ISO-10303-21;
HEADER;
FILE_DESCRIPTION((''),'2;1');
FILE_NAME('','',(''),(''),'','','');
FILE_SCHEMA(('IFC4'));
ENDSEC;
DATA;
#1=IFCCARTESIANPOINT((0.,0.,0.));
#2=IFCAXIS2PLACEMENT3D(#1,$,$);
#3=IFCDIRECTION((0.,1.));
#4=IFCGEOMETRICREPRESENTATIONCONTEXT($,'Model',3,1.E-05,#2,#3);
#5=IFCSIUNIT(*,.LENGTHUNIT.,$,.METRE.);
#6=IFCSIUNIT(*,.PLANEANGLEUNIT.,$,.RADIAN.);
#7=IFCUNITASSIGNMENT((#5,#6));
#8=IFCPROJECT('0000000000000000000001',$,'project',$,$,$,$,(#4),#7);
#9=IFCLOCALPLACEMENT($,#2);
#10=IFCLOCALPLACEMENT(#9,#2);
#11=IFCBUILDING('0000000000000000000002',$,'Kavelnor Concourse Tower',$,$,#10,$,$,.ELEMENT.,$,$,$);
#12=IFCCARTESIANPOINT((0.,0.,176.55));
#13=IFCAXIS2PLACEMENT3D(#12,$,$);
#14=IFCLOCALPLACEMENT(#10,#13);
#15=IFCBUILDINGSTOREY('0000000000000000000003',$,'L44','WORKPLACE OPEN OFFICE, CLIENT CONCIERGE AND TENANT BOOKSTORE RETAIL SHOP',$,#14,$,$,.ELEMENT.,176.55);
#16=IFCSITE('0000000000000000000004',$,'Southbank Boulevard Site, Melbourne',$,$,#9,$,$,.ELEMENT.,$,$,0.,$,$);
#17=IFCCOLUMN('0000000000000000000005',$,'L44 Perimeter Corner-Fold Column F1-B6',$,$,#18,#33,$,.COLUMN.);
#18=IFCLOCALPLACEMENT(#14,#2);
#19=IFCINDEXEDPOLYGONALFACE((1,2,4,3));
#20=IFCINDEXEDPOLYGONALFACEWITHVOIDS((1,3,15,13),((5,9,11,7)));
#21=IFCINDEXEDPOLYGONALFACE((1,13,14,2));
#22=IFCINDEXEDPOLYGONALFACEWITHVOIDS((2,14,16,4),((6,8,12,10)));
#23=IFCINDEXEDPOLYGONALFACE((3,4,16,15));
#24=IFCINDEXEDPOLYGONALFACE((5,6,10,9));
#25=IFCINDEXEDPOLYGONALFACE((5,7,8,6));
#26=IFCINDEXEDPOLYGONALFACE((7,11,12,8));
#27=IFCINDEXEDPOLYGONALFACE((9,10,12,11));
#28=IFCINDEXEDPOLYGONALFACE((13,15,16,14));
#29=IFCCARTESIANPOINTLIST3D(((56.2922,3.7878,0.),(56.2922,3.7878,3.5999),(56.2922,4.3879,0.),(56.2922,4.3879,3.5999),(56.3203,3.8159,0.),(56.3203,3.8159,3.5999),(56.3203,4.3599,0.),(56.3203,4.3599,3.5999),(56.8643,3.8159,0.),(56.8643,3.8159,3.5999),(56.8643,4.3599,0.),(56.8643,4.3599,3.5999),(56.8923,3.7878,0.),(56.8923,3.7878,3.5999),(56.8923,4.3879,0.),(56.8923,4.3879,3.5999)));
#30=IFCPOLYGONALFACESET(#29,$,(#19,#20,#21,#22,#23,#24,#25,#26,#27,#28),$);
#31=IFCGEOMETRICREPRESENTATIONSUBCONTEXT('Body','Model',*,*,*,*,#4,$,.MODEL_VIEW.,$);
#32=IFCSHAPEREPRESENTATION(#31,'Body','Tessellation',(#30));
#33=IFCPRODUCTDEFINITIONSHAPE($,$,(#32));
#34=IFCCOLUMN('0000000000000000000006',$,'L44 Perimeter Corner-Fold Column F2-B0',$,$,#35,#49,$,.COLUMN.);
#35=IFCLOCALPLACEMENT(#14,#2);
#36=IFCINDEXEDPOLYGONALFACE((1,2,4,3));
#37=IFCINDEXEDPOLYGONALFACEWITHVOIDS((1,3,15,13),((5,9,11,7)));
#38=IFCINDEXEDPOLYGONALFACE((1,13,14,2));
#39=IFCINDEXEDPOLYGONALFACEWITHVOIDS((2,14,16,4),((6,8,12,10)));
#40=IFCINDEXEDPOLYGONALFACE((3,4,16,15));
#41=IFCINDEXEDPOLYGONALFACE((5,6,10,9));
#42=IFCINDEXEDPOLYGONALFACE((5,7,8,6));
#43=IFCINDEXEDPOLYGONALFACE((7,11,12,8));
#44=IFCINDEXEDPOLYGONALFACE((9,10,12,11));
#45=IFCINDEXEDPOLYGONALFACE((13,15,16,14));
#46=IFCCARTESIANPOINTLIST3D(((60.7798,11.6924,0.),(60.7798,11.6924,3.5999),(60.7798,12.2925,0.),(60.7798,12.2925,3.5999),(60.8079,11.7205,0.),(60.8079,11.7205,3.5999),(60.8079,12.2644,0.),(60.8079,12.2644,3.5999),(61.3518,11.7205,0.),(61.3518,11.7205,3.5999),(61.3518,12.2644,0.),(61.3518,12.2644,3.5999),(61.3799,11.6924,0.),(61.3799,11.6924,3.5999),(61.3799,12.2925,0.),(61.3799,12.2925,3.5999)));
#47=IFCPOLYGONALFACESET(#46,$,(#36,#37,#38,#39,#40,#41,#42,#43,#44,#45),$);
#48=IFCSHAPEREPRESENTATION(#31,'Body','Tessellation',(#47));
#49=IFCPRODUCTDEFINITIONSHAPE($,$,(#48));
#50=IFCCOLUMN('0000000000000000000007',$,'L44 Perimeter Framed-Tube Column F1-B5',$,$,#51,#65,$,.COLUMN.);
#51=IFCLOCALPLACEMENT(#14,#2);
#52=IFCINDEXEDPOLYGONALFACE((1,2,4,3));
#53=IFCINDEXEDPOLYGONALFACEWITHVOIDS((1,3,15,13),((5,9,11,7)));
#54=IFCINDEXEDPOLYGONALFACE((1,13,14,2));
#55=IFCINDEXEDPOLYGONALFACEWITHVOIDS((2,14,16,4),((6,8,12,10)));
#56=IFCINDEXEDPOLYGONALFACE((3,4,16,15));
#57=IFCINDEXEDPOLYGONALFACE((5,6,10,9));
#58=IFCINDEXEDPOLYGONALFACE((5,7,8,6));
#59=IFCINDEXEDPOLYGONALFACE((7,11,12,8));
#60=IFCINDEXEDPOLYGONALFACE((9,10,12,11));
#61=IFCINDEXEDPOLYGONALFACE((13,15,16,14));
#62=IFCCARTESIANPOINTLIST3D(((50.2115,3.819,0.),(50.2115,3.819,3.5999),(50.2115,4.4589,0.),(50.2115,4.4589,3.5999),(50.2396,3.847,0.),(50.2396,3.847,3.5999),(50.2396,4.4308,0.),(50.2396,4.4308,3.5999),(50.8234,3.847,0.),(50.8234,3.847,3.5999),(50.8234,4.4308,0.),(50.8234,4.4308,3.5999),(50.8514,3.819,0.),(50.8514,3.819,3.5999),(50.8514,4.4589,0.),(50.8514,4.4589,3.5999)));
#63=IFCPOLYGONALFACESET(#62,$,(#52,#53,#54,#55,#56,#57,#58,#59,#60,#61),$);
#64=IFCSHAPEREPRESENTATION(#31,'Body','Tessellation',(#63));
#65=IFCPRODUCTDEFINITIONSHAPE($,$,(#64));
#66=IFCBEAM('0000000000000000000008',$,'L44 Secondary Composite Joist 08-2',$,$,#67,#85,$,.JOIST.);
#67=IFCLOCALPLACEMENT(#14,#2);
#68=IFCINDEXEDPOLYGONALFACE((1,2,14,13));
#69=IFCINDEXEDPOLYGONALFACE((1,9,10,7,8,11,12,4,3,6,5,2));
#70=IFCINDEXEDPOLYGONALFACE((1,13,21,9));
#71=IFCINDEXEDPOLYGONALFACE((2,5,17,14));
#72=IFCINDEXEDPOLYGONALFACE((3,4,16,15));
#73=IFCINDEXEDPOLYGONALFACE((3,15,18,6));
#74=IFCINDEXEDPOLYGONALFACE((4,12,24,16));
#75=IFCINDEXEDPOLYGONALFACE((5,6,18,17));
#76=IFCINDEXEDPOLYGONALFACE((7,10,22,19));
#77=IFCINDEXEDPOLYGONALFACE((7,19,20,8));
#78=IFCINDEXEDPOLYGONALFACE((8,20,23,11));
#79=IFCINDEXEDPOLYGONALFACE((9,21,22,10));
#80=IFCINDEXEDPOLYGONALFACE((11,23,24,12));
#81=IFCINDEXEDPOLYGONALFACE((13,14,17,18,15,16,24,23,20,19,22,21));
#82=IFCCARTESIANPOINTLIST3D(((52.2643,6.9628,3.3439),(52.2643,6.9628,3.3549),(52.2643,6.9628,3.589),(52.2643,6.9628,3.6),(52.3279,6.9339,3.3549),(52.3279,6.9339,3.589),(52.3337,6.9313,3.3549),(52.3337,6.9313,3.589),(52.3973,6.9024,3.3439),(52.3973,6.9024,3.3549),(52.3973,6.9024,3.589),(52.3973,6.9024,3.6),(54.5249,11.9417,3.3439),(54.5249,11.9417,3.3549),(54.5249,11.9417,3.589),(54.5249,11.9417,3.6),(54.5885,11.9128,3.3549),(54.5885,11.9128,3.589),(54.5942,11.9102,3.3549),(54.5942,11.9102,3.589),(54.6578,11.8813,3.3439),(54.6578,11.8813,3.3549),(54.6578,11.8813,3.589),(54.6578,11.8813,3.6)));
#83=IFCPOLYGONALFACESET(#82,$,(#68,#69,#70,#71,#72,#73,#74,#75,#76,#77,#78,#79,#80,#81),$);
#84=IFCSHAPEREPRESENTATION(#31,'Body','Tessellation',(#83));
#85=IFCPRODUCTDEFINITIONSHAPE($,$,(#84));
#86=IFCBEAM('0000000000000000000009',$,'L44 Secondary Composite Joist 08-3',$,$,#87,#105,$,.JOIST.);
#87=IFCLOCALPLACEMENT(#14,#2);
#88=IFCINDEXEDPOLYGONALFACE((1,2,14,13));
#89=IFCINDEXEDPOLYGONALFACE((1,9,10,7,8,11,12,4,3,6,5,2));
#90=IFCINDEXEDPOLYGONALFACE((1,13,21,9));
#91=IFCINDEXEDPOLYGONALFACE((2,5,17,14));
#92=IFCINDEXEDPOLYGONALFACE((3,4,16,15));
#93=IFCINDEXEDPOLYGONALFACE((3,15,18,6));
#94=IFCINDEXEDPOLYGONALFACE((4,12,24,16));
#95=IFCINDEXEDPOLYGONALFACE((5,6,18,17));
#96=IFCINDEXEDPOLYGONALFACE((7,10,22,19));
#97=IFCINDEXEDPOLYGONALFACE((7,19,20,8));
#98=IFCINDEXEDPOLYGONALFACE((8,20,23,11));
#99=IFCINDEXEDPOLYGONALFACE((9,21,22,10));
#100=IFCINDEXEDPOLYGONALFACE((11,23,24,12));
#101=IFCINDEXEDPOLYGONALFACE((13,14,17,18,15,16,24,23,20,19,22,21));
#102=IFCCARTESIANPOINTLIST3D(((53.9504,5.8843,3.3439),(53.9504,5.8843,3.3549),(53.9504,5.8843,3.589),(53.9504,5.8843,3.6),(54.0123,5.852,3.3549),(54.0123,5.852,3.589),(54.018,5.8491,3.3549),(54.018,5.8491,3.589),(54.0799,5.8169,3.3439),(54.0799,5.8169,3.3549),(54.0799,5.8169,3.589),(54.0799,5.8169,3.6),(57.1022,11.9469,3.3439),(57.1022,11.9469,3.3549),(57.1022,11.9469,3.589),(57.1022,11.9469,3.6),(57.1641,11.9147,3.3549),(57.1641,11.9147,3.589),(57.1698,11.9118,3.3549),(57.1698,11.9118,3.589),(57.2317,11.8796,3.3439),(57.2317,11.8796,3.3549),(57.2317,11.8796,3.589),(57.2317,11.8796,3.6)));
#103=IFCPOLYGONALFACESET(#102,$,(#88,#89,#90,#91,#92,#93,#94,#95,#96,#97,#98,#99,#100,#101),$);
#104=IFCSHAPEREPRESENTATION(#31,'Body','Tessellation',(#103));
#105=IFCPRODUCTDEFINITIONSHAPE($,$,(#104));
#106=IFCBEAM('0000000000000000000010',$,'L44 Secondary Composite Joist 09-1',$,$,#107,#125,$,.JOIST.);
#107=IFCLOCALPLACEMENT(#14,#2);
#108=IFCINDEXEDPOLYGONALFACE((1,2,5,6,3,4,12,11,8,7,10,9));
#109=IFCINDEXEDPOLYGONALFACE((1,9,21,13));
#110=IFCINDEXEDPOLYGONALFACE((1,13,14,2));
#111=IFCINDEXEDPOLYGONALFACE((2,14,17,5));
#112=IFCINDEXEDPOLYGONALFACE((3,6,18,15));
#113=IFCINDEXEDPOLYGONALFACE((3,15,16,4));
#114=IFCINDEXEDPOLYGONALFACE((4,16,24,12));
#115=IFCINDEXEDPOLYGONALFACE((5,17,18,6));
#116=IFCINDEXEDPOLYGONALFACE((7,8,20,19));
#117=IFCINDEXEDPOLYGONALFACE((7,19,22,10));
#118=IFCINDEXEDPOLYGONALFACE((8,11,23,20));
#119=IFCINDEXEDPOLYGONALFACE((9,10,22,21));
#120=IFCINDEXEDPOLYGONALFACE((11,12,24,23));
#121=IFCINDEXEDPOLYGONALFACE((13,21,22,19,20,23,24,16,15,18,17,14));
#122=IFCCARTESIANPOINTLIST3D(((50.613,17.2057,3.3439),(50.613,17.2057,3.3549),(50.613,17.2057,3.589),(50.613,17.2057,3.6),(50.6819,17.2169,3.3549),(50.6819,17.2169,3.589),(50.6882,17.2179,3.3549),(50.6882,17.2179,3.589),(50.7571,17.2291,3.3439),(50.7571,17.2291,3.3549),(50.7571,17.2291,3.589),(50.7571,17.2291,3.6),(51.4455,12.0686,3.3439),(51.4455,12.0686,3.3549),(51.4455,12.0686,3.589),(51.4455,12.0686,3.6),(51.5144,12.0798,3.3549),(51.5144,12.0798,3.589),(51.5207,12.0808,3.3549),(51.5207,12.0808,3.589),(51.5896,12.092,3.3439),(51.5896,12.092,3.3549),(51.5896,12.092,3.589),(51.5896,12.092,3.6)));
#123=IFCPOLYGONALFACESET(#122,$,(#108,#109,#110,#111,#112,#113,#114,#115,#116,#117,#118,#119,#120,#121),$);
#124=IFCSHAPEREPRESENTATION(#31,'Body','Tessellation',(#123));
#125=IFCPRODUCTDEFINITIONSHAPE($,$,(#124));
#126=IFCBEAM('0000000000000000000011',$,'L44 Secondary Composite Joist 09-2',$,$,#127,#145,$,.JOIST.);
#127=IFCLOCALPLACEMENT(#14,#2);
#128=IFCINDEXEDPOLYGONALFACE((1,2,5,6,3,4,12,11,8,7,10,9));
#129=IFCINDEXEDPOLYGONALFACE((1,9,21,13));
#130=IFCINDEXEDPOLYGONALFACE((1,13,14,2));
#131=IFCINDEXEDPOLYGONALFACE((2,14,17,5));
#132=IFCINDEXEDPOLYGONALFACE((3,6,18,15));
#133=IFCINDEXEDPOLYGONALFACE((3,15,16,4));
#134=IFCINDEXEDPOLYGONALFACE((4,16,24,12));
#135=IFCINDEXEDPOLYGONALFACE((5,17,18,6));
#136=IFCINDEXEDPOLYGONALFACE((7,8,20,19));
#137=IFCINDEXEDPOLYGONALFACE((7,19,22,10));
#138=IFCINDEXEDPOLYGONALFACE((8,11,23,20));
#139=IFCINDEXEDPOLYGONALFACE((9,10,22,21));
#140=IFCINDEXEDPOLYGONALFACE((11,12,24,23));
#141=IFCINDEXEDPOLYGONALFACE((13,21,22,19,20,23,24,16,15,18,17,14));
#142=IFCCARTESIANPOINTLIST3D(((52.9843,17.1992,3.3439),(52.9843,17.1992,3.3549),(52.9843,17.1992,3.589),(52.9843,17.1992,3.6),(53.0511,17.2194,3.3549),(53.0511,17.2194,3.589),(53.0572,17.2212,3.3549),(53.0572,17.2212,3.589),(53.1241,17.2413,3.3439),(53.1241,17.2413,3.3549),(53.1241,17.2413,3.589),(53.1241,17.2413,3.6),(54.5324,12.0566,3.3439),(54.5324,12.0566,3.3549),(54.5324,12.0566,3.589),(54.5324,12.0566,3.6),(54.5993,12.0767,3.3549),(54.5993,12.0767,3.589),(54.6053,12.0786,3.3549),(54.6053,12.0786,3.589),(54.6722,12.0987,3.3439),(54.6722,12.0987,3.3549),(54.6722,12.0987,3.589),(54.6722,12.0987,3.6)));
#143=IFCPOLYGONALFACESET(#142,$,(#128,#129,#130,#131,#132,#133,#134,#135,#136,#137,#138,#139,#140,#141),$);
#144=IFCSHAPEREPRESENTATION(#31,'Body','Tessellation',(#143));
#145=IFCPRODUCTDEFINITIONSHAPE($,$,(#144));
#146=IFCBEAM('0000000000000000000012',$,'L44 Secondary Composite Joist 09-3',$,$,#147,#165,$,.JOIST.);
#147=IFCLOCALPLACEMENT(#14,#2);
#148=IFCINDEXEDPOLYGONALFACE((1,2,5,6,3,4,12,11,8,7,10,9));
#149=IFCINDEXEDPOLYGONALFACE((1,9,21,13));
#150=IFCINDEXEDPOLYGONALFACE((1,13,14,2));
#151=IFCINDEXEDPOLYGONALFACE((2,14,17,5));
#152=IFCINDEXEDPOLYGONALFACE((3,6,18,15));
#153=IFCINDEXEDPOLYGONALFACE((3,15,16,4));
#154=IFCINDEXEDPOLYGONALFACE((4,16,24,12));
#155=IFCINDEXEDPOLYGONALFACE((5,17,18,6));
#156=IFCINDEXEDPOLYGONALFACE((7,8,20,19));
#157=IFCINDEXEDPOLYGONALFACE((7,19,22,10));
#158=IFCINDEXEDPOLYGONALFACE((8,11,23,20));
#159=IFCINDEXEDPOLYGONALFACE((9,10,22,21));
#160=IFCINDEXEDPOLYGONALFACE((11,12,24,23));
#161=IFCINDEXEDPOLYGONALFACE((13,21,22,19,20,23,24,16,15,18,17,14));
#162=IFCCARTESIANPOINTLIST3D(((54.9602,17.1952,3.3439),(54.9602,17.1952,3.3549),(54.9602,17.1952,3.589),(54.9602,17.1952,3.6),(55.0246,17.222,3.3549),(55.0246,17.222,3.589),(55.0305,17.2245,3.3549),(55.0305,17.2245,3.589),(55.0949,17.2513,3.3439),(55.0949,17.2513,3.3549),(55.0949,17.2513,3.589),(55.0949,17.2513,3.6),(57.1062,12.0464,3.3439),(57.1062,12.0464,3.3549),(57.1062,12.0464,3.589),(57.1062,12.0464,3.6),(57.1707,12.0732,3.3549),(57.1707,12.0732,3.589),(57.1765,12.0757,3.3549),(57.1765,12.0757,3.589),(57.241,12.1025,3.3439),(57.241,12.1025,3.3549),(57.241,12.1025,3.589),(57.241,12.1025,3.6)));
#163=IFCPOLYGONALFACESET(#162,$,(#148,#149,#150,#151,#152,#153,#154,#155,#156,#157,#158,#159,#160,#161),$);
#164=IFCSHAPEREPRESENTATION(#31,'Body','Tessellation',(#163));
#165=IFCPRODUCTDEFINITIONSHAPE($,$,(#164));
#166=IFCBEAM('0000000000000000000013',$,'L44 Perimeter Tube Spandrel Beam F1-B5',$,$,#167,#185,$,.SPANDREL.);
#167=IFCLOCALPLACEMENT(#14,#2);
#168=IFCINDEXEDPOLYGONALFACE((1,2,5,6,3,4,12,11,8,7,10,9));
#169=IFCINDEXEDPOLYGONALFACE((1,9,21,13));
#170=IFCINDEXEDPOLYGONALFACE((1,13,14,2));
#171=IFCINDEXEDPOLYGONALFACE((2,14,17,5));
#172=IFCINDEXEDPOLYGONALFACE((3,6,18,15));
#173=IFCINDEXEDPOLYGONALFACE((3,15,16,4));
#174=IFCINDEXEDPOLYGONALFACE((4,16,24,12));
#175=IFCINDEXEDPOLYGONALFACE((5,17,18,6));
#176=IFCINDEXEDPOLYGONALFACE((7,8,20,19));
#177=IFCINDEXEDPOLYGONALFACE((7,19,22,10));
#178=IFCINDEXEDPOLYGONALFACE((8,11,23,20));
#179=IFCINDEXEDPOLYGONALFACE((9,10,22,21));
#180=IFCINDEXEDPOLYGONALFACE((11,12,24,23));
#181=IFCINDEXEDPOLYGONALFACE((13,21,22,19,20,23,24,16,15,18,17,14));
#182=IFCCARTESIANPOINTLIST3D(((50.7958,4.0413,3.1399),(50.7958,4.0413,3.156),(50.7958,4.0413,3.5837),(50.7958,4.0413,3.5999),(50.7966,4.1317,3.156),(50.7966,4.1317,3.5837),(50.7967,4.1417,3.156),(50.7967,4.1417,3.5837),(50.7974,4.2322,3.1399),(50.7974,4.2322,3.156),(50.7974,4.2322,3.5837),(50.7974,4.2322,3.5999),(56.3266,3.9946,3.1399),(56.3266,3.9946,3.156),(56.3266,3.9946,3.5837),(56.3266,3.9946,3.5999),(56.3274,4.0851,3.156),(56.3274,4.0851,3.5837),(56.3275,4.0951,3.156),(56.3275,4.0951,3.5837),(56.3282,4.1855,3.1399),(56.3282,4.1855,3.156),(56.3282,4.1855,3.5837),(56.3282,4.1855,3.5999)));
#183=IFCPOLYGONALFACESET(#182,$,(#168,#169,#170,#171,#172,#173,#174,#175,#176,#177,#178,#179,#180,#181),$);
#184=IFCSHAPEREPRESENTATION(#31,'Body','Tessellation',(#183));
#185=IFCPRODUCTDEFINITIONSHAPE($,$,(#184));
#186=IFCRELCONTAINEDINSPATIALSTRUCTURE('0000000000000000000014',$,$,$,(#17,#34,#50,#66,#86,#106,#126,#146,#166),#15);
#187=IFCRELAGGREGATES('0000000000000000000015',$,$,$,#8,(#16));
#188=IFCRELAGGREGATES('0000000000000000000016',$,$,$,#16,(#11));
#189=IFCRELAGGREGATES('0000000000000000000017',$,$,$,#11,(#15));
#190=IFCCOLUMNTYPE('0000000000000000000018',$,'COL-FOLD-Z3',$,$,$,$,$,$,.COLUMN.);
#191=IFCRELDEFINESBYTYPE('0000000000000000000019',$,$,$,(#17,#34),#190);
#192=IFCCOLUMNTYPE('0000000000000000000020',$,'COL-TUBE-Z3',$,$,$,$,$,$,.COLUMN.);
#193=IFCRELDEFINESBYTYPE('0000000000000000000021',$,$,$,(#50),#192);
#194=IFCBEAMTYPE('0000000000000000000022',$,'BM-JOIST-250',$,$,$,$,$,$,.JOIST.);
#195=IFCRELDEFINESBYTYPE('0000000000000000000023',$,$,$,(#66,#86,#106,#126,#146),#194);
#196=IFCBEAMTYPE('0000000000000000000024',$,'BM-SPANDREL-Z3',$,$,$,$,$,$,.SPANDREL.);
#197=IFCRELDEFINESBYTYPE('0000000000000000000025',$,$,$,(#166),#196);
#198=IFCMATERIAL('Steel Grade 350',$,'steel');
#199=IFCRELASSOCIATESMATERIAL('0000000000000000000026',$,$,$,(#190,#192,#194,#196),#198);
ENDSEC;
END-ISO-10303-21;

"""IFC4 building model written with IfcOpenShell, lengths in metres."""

from ifc_helpers import new_model, si_unit, direction, frame, origin, origin_2d, place, context, subcontext, project, spatial, hollow_rectangle, i_section, extrude, material, material_profile, profile_set, type_object, element, save


model = new_model("IFC4")

# Units and contexts
model_context = context("Model", 3, precision=1e-05, world=origin(), true_north=direction((0.0, 1.0)))
body_context = subcontext(model_context, "Body", "Model", "MODEL_VIEW")
ifc_project = project(units=[si_unit("LENGTHUNIT", "METRE"), si_unit("PLANEANGLEUNIT", "RADIAN")], contexts=[model_context])

# Site, building, storey
site_placement = place(None, origin())
site = spatial("IfcSite", under=ifc_project, at=site_placement, Name="Southbank Boulevard Site, Melbourne", CompositionType="ELEMENT", RefElevation=0.0)
building_placement = place(site_placement, origin())
building = spatial("IfcBuilding", under=site, at=building_placement, Name="Kavelnor Concourse Tower", CompositionType="ELEMENT")
storey_placement = place(building_placement, frame((0.0, 0.0, 176.55)))
storey = spatial("IfcBuildingStorey", under=building, at=storey_placement, Name="L44", Description="WORKPLACE OPEN OFFICE, CLIENT CONCIERGE AND TENANT BOOKSTORE RETAIL SHOP", CompositionType="ELEMENT", Elevation=176.55)

# Columns
ifc_material_1 = material(Name="Steel Grade 350", Category="steel")
ifc_material_profile_1 = material_profile(ifc_material_1, hollow_rectangle(XDim=0.6001, YDim=0.6001, WallThickness=0.0281, at=origin_2d()), Name="SHS 600x600x28")
ifc_profile_set_1 = profile_set([ifc_material_profile_1], Name="Steel Grade 350")
column_type_1 = type_object("IfcColumnType", Name="COL-FOLD-Z3", PredefinedType="COLUMN", material=ifc_profile_set_1)
for number, where, z_axis, x_axis, name in (
    (1, (56.5923, 4.0879, 0.0), (0.0, 0.0, 1.0), (1.0, 0.0, 0.0), "L44 Perimeter Corner-Fold Column F1-B6"),
    (2, (61.0798, 11.9924, 0.0), (0.0, 0.0, 1.0), (1.0, 0.0, 0.0), "L44 Perimeter Corner-Fold Column F2-B0"),
):
    element("IfcColumn", number, at=place(storey_placement, frame(where, z_axis=z_axis, x_axis=x_axis)), inside=storey, type_object=column_type_1, Name=name, PredefinedType="COLUMN", context=body_context, shape_type="SweptSolid", body=[
        extrude(hollow_rectangle(XDim=0.6001, YDim=0.6001, WallThickness=0.0281, at=origin_2d()), origin(), (0.0, 0.0, 1.0), 3.5999),
    ])
ifc_material_profile_2 = material_profile(ifc_material_1, hollow_rectangle(XDim=0.6399, YDim=0.6399, WallThickness=0.0281, at=origin_2d()), Name="SHS 640x640x28")
ifc_profile_set_2 = profile_set([ifc_material_profile_2], Name="Steel Grade 350")
column_type_2 = type_object("IfcColumnType", Name="COL-TUBE-Z3", PredefinedType="COLUMN", material=ifc_profile_set_2)
column_placement = place(storey_placement, frame((50.5315, 4.1389, 0.0), z_axis=(0.0, 0.0, 1.0), x_axis=(1.0, 0.0, 0.0)))
element("IfcColumn", 3, at=column_placement, inside=storey, type_object=column_type_2, Name="L44 Perimeter Framed-Tube Column F1-B5", PredefinedType="COLUMN", context=body_context, shape_type="SweptSolid", body=[
    extrude(hollow_rectangle(XDim=0.6399, YDim=0.6399, WallThickness=0.0281, at=origin_2d()), origin(), (0.0, 0.0, 1.0), 3.5999),
])

# Beams
ifc_material_profile_3 = material_profile(ifc_material_1, i_section(OverallWidth=0.146, OverallDepth=0.2561, WebThickness=0.0063, FlangeThickness=0.011, at=origin_2d()), Name="250UB37")
ifc_profile_set_3 = profile_set([ifc_material_profile_3], Name="Steel Grade 350")
beam_type_1 = type_object("IfcBeamType", Name="BM-JOIST-250", PredefinedType="JOIST", material=ifc_profile_set_3)
beam_1_placement = place(storey_placement, frame((52.3308, 6.9326, 3.4719), z_axis=(0.413413, 0.910544, 0.0), x_axis=(-0.910544, 0.413413, 0.0)))
element("IfcBeam", 4, at=beam_1_placement, inside=storey, type_object=beam_type_1, Name="L44 Secondary Composite Joist 08-2", PredefinedType="JOIST", context=body_context, shape_type="SweptSolid", body=[
    extrude(i_section(OverallWidth=0.146, OverallDepth=0.2561, WebThickness=0.0063, FlangeThickness=0.011, at=origin_2d()), origin(), (0.0, 0.0, 1.0), 5.468),
])
beam_2_placement = place(storey_placement, frame((54.0151, 5.8506, 3.4719), z_axis=(0.461264, 0.887263, 0.0), x_axis=(-0.887263, 0.461264, 0.0)))
element("IfcBeam", 5, at=beam_2_placement, inside=storey, type_object=beam_type_1, Name="L44 Secondary Composite Joist 08-3", PredefinedType="JOIST", context=body_context, shape_type="SweptSolid", body=[
    extrude(i_section(OverallWidth=0.146, OverallDepth=0.2561, WebThickness=0.0063, FlangeThickness=0.011, at=origin_2d()), origin(), (0.0, 0.0, 1.0), 6.833),
])
beam_3_placement = place(storey_placement, frame((51.5176, 12.0803, 3.4719), z_axis=(-0.159977, 0.987121, 0.0), x_axis=(-0.987121, -0.159977, 0.0)))
element("IfcBeam", 6, at=beam_3_placement, inside=storey, type_object=beam_type_1, Name="L44 Secondary Composite Joist 09-1", PredefinedType="JOIST", context=body_context, shape_type="SweptSolid", body=[
    extrude(i_section(OverallWidth=0.146, OverallDepth=0.2561, WebThickness=0.0063, FlangeThickness=0.011, at=origin_2d()), origin(), (0.0, 0.0, 1.0), 5.2041),
])
beam_4_placement = place(storey_placement, frame((54.6023, 12.0776, 3.4719), z_axis=(-0.288257, 0.957553, 0.0), x_axis=(-0.957553, -0.288257, 0.0)))
element("IfcBeam", 7, at=beam_4_placement, inside=storey, type_object=beam_type_1, Name="L44 Secondary Composite Joist 09-2", PredefinedType="JOIST", context=body_context, shape_type="SweptSolid", body=[
    extrude(i_section(OverallWidth=0.146, OverallDepth=0.2561, WebThickness=0.0063, FlangeThickness=0.011, at=origin_2d()), origin(), (0.0, 0.0, 1.0), 5.3706),
])
beam_5_placement = place(storey_placement, frame((57.1736, 12.0745, 3.4719), z_axis=(-0.384724, 0.923032, 0.0), x_axis=(-0.923032, -0.384724, 0.0)))
element("IfcBeam", 8, at=beam_5_placement, inside=storey, type_object=beam_type_1, Name="L44 Secondary Composite Joist 09-3", PredefinedType="JOIST", context=body_context, shape_type="SweptSolid", body=[
    extrude(i_section(OverallWidth=0.146, OverallDepth=0.2561, WebThickness=0.0063, FlangeThickness=0.011, at=origin_2d()), origin(), (0.0, 0.0, 1.0), 5.5781),
])
ifc_material_profile_4 = material_profile(ifc_material_1, i_section(OverallWidth=0.1909, OverallDepth=0.46, WebThickness=0.01, FlangeThickness=0.0161, at=origin_2d()), Name="460UB82")
ifc_profile_set_4 = profile_set([ifc_material_profile_4], Name="Steel Grade 350")
beam_type_2 = type_object("IfcBeamType", Name="BM-SPANDREL-Z3", PredefinedType="SPANDREL", material=ifc_profile_set_4)
beam_6_placement = place(storey_placement, frame((50.7966, 4.1367, 3.3699), z_axis=(0.999964, -0.008431, 0.0), x_axis=(0.008431, 0.999964, 0.0)))
element("IfcBeam", 9, at=beam_6_placement, inside=storey, type_object=beam_type_2, Name="L44 Perimeter Tube Spandrel Beam F1-B5", PredefinedType="SPANDREL", context=body_context, shape_type="SweptSolid", body=[
    extrude(i_section(OverallWidth=0.1909, OverallDepth=0.46, WebThickness=0.01, FlangeThickness=0.0161, at=origin_2d()), origin(), (0.0, 0.0, 1.0), 5.531),
])

save(model, "model.ifc")
